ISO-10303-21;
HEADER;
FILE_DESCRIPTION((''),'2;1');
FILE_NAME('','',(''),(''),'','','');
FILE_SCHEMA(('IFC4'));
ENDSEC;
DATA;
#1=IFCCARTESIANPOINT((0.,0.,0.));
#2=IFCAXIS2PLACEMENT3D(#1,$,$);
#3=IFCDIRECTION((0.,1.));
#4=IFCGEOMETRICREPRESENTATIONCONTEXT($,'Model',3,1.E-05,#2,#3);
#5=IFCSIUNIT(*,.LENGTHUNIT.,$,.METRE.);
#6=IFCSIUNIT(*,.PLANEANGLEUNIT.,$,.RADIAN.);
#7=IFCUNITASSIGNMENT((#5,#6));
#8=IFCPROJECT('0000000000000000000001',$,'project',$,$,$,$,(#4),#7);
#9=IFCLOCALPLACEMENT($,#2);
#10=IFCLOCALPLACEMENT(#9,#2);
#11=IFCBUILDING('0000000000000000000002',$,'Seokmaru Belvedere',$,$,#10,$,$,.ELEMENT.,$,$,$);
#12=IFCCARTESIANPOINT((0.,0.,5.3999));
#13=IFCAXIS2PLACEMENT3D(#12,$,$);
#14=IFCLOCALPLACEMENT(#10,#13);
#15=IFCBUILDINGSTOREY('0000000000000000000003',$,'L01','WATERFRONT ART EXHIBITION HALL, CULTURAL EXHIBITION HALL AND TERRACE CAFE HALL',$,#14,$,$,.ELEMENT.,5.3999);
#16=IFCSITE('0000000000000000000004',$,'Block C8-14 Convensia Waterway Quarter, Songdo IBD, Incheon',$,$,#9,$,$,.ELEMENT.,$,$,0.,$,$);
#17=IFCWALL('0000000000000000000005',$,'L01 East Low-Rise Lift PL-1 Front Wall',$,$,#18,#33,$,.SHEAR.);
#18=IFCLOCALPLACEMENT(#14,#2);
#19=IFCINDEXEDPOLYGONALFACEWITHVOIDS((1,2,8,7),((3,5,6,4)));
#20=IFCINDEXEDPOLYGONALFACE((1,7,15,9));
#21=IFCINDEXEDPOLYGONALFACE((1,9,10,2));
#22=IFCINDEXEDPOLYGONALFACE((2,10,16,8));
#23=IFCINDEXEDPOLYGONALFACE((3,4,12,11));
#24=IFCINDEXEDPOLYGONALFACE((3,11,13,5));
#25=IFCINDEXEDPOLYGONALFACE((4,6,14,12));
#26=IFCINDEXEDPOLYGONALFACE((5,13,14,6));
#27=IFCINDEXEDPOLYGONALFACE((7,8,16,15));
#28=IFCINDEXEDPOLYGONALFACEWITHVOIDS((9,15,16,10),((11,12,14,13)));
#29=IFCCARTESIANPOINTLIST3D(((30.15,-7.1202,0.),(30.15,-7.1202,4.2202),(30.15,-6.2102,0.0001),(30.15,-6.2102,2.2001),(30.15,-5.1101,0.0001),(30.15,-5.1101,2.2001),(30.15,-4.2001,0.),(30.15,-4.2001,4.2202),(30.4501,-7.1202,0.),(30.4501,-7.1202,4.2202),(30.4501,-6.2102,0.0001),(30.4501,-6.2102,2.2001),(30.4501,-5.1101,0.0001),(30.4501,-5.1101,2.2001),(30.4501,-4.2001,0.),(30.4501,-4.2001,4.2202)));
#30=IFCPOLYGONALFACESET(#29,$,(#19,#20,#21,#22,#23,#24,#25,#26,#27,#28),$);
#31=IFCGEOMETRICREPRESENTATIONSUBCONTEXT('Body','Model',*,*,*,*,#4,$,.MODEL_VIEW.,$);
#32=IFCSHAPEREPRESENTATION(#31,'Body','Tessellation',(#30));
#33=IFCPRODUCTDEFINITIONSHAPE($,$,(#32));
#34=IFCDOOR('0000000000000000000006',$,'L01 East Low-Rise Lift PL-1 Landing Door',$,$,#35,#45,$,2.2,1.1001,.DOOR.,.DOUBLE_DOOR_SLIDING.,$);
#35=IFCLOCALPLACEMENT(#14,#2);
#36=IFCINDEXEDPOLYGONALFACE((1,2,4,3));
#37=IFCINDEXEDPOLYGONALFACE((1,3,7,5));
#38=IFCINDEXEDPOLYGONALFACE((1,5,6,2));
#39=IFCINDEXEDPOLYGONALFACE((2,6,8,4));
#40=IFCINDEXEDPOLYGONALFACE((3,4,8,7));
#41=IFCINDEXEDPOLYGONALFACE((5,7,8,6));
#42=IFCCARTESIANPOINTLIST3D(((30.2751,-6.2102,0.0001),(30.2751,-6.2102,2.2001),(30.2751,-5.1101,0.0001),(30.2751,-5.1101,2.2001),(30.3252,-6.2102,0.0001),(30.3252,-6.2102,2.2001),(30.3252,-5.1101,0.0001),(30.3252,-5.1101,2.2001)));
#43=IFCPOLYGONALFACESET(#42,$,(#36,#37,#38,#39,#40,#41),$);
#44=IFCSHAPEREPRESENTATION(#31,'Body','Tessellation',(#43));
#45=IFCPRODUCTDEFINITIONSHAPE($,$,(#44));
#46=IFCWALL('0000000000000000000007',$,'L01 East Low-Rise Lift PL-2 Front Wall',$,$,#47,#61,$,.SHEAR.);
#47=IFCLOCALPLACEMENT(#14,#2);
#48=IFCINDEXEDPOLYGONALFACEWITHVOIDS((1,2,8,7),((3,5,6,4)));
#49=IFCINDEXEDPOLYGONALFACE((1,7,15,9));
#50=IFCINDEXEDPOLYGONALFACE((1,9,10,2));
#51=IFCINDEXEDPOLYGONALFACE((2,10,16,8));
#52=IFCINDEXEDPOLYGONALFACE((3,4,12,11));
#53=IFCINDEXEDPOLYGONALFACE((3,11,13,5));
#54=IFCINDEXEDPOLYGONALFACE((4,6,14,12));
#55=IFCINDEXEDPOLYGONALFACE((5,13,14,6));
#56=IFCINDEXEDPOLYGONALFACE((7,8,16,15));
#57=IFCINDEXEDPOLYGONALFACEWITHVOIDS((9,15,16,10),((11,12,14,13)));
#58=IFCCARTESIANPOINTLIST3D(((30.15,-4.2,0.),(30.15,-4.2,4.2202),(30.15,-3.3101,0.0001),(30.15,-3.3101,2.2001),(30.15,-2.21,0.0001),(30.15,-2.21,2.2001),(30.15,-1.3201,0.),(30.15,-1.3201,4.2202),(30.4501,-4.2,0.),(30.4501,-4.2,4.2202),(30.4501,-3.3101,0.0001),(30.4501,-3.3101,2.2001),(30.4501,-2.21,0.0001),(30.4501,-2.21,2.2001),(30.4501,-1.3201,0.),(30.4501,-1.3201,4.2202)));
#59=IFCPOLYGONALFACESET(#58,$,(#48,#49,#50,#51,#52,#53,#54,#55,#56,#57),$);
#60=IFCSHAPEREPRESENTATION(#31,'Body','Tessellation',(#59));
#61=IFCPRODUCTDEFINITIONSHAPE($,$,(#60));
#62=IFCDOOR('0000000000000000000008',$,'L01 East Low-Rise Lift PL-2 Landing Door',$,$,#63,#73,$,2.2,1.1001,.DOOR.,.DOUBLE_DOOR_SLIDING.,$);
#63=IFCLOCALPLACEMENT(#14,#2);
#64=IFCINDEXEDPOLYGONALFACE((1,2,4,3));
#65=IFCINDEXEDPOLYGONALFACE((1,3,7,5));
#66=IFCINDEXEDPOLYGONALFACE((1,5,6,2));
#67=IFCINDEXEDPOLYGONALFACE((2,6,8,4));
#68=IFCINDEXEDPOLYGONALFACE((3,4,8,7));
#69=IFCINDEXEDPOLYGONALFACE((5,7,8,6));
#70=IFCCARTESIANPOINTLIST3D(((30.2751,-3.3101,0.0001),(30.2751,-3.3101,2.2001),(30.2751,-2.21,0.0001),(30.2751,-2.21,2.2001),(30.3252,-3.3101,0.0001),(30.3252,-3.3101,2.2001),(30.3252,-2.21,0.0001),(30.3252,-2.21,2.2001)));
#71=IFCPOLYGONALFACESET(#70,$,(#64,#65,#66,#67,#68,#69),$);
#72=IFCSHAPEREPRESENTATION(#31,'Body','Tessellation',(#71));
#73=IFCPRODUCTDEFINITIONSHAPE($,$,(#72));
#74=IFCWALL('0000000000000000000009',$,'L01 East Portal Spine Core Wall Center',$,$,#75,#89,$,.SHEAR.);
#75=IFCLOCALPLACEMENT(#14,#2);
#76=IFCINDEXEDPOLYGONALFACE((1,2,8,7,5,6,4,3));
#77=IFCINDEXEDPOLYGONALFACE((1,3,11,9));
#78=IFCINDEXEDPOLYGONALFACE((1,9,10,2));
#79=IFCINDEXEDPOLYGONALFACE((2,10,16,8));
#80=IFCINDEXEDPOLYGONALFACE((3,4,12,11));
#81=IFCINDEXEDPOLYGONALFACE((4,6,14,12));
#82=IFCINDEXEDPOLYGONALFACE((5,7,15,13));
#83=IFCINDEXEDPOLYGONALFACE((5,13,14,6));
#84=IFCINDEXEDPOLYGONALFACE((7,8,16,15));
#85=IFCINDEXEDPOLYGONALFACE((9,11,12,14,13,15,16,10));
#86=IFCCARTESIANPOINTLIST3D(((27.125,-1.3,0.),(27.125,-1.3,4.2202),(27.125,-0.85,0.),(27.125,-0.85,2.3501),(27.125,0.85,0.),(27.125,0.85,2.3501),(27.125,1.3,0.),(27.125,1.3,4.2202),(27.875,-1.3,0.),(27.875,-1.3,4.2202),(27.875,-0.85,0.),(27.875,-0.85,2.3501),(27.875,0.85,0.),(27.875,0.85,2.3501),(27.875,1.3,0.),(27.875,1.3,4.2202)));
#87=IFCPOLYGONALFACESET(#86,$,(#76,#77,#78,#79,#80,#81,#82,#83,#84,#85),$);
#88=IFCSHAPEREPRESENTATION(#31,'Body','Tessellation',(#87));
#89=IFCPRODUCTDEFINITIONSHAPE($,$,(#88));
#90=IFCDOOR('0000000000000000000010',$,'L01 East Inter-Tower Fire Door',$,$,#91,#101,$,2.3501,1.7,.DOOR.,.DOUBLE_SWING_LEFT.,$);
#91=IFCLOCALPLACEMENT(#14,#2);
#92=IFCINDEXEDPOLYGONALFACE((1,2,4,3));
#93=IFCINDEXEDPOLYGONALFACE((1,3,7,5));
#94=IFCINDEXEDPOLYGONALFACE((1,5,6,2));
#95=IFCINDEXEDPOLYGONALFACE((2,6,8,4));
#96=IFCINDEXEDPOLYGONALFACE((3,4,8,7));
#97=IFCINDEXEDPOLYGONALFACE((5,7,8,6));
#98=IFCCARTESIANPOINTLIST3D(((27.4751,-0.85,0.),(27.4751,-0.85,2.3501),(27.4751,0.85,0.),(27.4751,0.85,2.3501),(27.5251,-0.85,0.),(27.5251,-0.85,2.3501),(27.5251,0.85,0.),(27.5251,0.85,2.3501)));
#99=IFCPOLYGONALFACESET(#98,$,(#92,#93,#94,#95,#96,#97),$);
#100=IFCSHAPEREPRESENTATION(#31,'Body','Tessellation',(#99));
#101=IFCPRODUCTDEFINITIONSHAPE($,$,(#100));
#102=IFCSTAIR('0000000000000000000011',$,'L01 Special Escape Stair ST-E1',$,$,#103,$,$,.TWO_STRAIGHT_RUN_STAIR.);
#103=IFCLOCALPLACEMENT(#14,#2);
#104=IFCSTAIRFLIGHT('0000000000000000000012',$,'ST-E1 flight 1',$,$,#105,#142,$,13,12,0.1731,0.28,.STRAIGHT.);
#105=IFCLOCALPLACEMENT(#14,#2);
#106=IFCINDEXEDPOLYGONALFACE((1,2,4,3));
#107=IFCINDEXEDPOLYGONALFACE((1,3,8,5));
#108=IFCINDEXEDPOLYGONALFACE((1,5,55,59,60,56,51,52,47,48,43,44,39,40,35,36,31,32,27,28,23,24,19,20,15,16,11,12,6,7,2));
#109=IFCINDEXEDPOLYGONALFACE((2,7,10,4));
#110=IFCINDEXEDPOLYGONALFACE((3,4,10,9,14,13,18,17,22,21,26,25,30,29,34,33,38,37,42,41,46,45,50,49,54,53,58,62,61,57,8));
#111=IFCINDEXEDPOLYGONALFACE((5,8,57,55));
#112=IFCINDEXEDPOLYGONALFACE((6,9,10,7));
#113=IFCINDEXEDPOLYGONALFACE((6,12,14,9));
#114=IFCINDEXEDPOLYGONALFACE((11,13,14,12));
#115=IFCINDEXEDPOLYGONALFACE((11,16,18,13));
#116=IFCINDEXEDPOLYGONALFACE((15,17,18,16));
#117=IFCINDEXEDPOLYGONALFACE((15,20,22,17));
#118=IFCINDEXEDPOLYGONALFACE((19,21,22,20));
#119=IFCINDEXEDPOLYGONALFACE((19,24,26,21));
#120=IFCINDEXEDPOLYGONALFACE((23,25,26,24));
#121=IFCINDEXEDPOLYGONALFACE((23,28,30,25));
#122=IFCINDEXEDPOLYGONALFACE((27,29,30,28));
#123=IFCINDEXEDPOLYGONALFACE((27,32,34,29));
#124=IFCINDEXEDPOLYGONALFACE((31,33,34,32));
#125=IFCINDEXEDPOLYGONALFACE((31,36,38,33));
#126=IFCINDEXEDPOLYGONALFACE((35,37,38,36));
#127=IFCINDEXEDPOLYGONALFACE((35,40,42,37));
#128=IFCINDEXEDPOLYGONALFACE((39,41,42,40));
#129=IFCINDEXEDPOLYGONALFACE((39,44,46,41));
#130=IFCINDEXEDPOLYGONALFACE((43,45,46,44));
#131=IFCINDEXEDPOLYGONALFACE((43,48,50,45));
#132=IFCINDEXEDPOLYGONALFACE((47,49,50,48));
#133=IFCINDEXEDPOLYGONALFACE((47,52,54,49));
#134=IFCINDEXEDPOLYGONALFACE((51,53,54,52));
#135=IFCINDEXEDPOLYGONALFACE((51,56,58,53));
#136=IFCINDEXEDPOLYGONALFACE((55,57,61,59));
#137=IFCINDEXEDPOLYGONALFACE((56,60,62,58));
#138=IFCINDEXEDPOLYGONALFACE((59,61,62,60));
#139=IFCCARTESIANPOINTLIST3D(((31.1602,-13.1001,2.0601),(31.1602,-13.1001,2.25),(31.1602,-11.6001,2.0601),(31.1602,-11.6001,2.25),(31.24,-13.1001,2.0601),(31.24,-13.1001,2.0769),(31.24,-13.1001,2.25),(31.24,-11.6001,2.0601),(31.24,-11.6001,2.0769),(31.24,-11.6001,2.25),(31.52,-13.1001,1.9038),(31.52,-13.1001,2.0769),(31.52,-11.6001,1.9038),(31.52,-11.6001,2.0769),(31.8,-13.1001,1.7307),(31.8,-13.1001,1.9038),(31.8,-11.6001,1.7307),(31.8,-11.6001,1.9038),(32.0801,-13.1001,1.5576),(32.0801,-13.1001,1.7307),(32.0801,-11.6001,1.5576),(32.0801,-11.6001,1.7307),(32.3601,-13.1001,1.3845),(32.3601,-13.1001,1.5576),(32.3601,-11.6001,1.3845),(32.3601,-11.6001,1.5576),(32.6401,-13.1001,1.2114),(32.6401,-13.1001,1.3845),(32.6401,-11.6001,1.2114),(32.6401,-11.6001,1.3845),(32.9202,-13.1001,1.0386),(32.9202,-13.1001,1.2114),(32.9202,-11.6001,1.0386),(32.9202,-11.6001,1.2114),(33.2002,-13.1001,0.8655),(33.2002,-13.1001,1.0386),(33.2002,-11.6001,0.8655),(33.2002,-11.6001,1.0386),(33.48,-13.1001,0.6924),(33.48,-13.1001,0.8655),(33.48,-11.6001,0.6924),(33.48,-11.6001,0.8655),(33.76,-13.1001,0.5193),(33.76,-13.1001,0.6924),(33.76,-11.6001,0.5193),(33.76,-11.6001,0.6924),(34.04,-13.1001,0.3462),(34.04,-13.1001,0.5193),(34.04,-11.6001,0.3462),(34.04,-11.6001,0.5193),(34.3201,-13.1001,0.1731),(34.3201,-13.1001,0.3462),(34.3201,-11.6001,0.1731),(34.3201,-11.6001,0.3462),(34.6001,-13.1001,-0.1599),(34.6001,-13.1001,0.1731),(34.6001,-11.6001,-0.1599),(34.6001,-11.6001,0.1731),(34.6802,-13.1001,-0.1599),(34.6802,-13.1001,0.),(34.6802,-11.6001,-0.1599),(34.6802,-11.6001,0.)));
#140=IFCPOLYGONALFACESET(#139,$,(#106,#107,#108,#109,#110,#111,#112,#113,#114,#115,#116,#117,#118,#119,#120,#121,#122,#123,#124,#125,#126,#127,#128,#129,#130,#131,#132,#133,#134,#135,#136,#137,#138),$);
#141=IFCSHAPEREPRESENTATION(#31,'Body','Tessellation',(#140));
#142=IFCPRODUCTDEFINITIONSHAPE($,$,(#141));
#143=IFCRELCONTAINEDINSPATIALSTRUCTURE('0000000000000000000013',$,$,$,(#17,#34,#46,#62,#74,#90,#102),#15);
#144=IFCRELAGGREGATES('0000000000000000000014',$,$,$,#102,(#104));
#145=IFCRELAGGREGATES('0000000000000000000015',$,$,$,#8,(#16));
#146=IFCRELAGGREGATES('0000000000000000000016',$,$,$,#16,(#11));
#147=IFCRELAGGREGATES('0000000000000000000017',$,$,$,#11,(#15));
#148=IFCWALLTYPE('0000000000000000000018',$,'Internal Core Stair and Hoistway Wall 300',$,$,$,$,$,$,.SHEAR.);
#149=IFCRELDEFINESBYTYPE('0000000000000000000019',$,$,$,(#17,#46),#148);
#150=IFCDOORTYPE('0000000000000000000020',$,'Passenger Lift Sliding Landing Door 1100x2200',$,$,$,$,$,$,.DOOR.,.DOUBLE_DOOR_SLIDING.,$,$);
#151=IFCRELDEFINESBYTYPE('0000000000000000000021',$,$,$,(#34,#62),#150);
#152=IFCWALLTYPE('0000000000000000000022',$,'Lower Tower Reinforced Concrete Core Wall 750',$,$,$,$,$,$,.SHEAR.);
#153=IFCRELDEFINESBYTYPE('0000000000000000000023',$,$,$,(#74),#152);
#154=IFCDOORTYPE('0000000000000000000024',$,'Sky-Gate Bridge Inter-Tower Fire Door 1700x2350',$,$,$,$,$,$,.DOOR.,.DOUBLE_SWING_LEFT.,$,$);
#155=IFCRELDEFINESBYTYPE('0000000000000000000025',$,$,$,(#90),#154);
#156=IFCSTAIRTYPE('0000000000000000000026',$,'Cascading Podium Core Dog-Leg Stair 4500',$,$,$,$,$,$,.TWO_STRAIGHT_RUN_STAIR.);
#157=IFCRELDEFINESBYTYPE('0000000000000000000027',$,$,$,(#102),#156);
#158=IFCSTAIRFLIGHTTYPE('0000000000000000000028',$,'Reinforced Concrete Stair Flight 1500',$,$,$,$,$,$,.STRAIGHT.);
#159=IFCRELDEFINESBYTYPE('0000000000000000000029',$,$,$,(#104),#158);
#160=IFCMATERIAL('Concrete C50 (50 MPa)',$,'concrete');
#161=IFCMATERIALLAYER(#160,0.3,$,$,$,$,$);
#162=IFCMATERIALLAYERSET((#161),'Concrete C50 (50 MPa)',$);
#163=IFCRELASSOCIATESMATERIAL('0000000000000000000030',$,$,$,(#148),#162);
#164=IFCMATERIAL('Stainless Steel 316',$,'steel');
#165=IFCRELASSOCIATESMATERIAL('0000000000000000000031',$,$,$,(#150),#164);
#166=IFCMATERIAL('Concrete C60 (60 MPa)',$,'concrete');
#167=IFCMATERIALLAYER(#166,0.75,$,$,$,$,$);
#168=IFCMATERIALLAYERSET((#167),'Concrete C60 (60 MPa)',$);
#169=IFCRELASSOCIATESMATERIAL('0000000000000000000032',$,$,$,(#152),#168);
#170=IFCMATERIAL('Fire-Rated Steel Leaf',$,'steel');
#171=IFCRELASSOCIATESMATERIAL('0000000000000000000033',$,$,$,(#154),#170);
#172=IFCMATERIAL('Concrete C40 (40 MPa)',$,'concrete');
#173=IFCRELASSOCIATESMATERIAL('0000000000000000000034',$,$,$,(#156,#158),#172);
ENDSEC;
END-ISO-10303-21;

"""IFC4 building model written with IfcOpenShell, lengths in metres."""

from ifc_helpers import new_model, si_unit, direction, frame, frame_2d, origin, place, context, subcontext, project, spatial, polyline, rectangle, outline, extrude, source, transform, mapped, material, layer, layer_set, type_object, type_shapes, element, fill, aggregate, save


model = new_model("IFC4")

# Units and contexts
model_context = context("Model", 3, precision=1e-05, world=origin(), true_north=direction((0.0, 1.0)))
body_context = subcontext(model_context, "Body", "Model", "MODEL_VIEW")
ifc_project = project(units=[si_unit("LENGTHUNIT", "METRE"), si_unit("PLANEANGLEUNIT", "RADIAN")], contexts=[model_context])

# Site, building, storey
site_placement = place(None, origin())
site = spatial("IfcSite", under=ifc_project, at=site_placement, Name="Block C8-14 Convensia Waterway Quarter, Songdo IBD, Incheon", CompositionType="ELEMENT", RefElevation=0.0)
building_placement = place(site_placement, origin())
building = spatial("IfcBuilding", under=site, at=building_placement, Name="Seokmaru Belvedere", CompositionType="ELEMENT")
storey_placement = place(building_placement, frame((0.0, 0.0, 5.3999)))
storey = spatial("IfcBuildingStorey", under=building, at=storey_placement, Name="L01", Description="WATERFRONT ART EXHIBITION HALL, CULTURAL EXHIBITION HALL AND TERRACE CAFE HALL", CompositionType="ELEMENT", Elevation=5.3999)

# Shared definitions
ifc_material_1 = material(Name="Fire-Rated Steel Leaf", Category="steel")

# Shared definitions
ifc_material_2 = material(Name="Concrete C50 (50 MPa)", Category="concrete")

# Walls, openings, doors
ifc_layer_1 = layer(ifc_material_2, 0.3)
ifc_layer_set_1 = layer_set([ifc_layer_1], Name="Concrete C50 (50 MPa)")
wall_type_1 = type_object("IfcWallType", Name="Internal Core Stair and Hoistway Wall 300", PredefinedType="SHEAR", material=ifc_layer_set_1)
ifc_material_3 = material(Name="Stainless Steel 316", Category="steel")
wall_1_placement = place(storey_placement, frame((30.3, -7.1201, 0.0), z_axis=(0.0, 0.0, 1.0), x_axis=(0.0, 1.0, 0.0)))
wall_1 = element("IfcWall", 1, at=wall_1_placement, inside=storey, type_object=wall_type_1, Name="L01 East Low-Rise Lift PL-1 Front Wall", PredefinedType="SHEAR", context=body_context, shape_type="SweptSolid", body=[
    extrude(rectangle(XDim=2.9202, YDim=0.3, at=frame_2d((1.46, 0.0))), origin(), (0.0, 0.0, 1.0), 4.2202),
])
opening_1_placement = place(wall_1_placement, frame((0.9099, 0.0, 0.0)))
opening_1 = element("IfcOpeningElement", 2, at=opening_1_placement, cuts=wall_1, PredefinedType="OPENING", context=body_context, shape_type="SweptSolid", body=[
    extrude(rectangle(XDim=1.1001, YDim=2.2, at=frame_2d((0.55, 1.1001))), frame((0.0, 0.1602, 0.0), z_axis=(0.0, -1.0, 0.0), x_axis=(1.0, 0.0, 0.0)), (0.0, 0.0, 1.0), 0.3201),
])
door_type_1 = type_object("IfcDoorType", Name="Passenger Lift Sliding Landing Door 1100x2200", OperationType="DOUBLE_DOOR_SLIDING", PredefinedType="DOOR", material=ifc_material_3)
shared_shape_1 = source(origin(), body_context, "Body", "SweptSolid", [
    extrude(rectangle(XDim=1.1001, YDim=2.2, at=frame_2d((0.55, 1.1001))), frame((0.0, 0.0249, 0.0), z_axis=(0.0, -1.0, 0.0), x_axis=(1.0, 0.0, 0.0)), (0.0, 0.0, 1.0), 0.05),
])
type_shapes(door_type_1, [shared_shape_1])
door_1_placement = place(opening_1_placement, origin())
door_1 = element("IfcDoor", 3, at=door_1_placement, inside=storey, type_object=door_type_1, Name="L01 East Low-Rise Lift PL-1 Landing Door", OperationType="DOUBLE_DOOR_SLIDING", OverallHeight=2.2, OverallWidth=1.1001, PredefinedType="DOOR", context=body_context, shape_type="MappedRepresentation", body=[
    mapped(shared_shape_1, transform((0.0, 0.0, 0.0), scale=1.0)),
])
fill(opening_1, door_1)
wall_2_placement = place(storey_placement, frame((30.3, -4.2, 0.0), z_axis=(0.0, 0.0, 1.0), x_axis=(0.0, 1.0, 0.0)))
wall_2 = element("IfcWall", 4, at=wall_2_placement, inside=storey, type_object=wall_type_1, Name="L01 East Low-Rise Lift PL-2 Front Wall", PredefinedType="SHEAR", context=body_context, shape_type="SweptSolid", body=[
    extrude(rectangle(XDim=2.8799, YDim=0.3, at=frame_2d((1.4399, 0.0))), origin(), (0.0, 0.0, 1.0), 4.2202),
])
opening_2_placement = place(wall_2_placement, frame((0.8899, 0.0, 0.0)))
opening_2 = element("IfcOpeningElement", 5, at=opening_2_placement, cuts=wall_2, PredefinedType="OPENING", context=body_context, shape_type="SweptSolid", body=[
    extrude(rectangle(XDim=1.1001, YDim=2.2, at=frame_2d((0.55, 1.1001))), frame((0.0, 0.1602, 0.0), z_axis=(0.0, -1.0, 0.0), x_axis=(1.0, 0.0, 0.0)), (0.0, 0.0, 1.0), 0.3201),
])
door_2_placement = place(opening_2_placement, origin())
door_2 = element("IfcDoor", 6, at=door_2_placement, inside=storey, type_object=door_type_1, Name="L01 East Low-Rise Lift PL-2 Landing Door", OperationType="DOUBLE_DOOR_SLIDING", OverallHeight=2.2, OverallWidth=1.1001, PredefinedType="DOOR", context=body_context, shape_type="MappedRepresentation", body=[
    mapped(shared_shape_1, transform((0.0, 0.0, 0.0), scale=1.0)),
])
fill(opening_2, door_2)
ifc_material_4 = material(Name="Concrete C60 (60 MPa)", Category="concrete")
ifc_layer_2 = layer(ifc_material_4, 0.75)
ifc_layer_set_2 = layer_set([ifc_layer_2], Name="Concrete C60 (60 MPa)")
wall_type_2 = type_object("IfcWallType", Name="Lower Tower Reinforced Concrete Core Wall 750", PredefinedType="SHEAR", material=ifc_layer_set_2)
wall_3_placement = place(storey_placement, frame((27.5, -1.3, 0.0), z_axis=(0.0, 0.0, 1.0), x_axis=(0.0, 1.0, 0.0)))
wall_3 = element("IfcWall", 7, at=wall_3_placement, inside=storey, type_object=wall_type_2, Name="L01 East Portal Spine Core Wall Center", PredefinedType="SHEAR", context=body_context, shape_type="SweptSolid", body=[
    extrude(rectangle(XDim=2.6001, YDim=0.75, at=frame_2d((1.3, 0.0))), origin(), (0.0, 0.0, 1.0), 4.2202),
])
opening_3_placement = place(wall_3_placement, frame((0.45, 0.0, 0.0)))
opening_3 = element("IfcOpeningElement", 8, at=opening_3_placement, cuts=wall_3, PredefinedType="OPENING", context=body_context, shape_type="SweptSolid", body=[
    extrude(rectangle(XDim=1.7, YDim=2.3501, at=frame_2d((0.8501, 1.175))), frame((0.0, 0.385, 0.0), z_axis=(0.0, -1.0, 0.0), x_axis=(1.0, 0.0, 0.0)), (0.0, 0.0, 1.0), 0.77),
])
door_type_2 = type_object("IfcDoorType", Name="Sky-Gate Bridge Inter-Tower Fire Door 1700x2350", OperationType="DOUBLE_SWING_LEFT", PredefinedType="DOOR", material=ifc_material_1)
shared_shape_2 = source(origin(), body_context, "Body", "SweptSolid", [
    extrude(rectangle(XDim=1.7, YDim=2.3501, at=frame_2d((0.8501, 1.175))), frame((0.0, 0.0249, 0.0), z_axis=(0.0, -1.0, 0.0), x_axis=(1.0, 0.0, 0.0)), (0.0, 0.0, 1.0), 0.05),
])
type_shapes(door_type_2, [shared_shape_2])
door_3_placement = place(opening_3_placement, origin())
door_3 = element("IfcDoor", 9, at=door_3_placement, inside=storey, type_object=door_type_2, Name="L01 East Inter-Tower Fire Door", OperationType="DOUBLE_SWING_LEFT", OverallHeight=2.3501, OverallWidth=1.7, PredefinedType="DOOR", context=body_context, shape_type="MappedRepresentation", body=[
    mapped(shared_shape_2, transform((0.0, 0.0, 0.0), scale=1.0)),
])
fill(opening_3, door_3)

# Stair, stair flight
ifc_material_5 = material(Name="Concrete C40 (40 MPa)", Category="concrete")
stair_type = type_object("IfcStairType", Name="Cascading Podium Core Dog-Leg Stair 4500", PredefinedType="TWO_STRAIGHT_RUN_STAIR", material=ifc_material_5)
stair_placement = place(storey_placement, origin())
stair = element("IfcStair", 10, at=stair_placement, inside=storey, type_object=stair_type, Name="L01 Special Escape Stair ST-E1", PredefinedType="TWO_STRAIGHT_RUN_STAIR")
stair_flight_type = type_object("IfcStairFlightType", Name="Reinforced Concrete Stair Flight 1500", PredefinedType="STRAIGHT", material=ifc_material_5)
stair_flight_1_placement = place(storey_placement, frame((34.6001, -12.3501, 0.0), z_axis=(0.0, 0.0, 1.0), x_axis=(-1.0, 0.0, 0.0)))
stair_flight_1 = element("IfcStairFlight", 11, at=stair_flight_1_placement, type_object=stair_flight_type, Name="ST-E1 flight 1", NumberOfRisers=13, NumberOfTreads=12, PredefinedType="STRAIGHT", RiserHeight=0.1731, TreadLength=0.28, context=body_context, shape_type="SweptSolid", body=[
    extrude(outline(polyline([(-0.0801, 0.0), (0.0, 0.1731), (0.28, 0.1731), (0.28, 0.3462), (0.5601, 0.3462), (0.5601, 0.5193), (0.8401, 0.5193), (0.8401, 0.6924), (1.1201, 0.6924), (1.1201, 0.8655), (1.3999, 0.8655), (1.3999, 1.0386), (1.6799, 1.0386), (1.6799, 1.2114), (1.96, 1.2114), (1.96, 1.3845), (2.24, 1.3845), (2.24, 1.5576), (2.52, 1.5576), (2.52, 1.7307), (2.8, 1.7307), (2.8, 1.9038), (3.0801, 1.9038), (3.0801, 2.0769), (3.3601, 2.0769), (3.3601, 2.25), (3.4399, 2.25), (3.4399, 2.0601), (3.3601, 2.0601), (0.0, -0.1599), (-0.0801, -0.1599), (-0.0801, 0.0)])), frame((0.0, 0.75, 0.0), z_axis=(0.0, -1.0, 0.0), x_axis=(1.0, 0.0, 0.0)), (0.0, 0.0, 1.0), 1.5),
])
aggregate(stair, [stair_flight_1])

save(model, "model.ifc")
